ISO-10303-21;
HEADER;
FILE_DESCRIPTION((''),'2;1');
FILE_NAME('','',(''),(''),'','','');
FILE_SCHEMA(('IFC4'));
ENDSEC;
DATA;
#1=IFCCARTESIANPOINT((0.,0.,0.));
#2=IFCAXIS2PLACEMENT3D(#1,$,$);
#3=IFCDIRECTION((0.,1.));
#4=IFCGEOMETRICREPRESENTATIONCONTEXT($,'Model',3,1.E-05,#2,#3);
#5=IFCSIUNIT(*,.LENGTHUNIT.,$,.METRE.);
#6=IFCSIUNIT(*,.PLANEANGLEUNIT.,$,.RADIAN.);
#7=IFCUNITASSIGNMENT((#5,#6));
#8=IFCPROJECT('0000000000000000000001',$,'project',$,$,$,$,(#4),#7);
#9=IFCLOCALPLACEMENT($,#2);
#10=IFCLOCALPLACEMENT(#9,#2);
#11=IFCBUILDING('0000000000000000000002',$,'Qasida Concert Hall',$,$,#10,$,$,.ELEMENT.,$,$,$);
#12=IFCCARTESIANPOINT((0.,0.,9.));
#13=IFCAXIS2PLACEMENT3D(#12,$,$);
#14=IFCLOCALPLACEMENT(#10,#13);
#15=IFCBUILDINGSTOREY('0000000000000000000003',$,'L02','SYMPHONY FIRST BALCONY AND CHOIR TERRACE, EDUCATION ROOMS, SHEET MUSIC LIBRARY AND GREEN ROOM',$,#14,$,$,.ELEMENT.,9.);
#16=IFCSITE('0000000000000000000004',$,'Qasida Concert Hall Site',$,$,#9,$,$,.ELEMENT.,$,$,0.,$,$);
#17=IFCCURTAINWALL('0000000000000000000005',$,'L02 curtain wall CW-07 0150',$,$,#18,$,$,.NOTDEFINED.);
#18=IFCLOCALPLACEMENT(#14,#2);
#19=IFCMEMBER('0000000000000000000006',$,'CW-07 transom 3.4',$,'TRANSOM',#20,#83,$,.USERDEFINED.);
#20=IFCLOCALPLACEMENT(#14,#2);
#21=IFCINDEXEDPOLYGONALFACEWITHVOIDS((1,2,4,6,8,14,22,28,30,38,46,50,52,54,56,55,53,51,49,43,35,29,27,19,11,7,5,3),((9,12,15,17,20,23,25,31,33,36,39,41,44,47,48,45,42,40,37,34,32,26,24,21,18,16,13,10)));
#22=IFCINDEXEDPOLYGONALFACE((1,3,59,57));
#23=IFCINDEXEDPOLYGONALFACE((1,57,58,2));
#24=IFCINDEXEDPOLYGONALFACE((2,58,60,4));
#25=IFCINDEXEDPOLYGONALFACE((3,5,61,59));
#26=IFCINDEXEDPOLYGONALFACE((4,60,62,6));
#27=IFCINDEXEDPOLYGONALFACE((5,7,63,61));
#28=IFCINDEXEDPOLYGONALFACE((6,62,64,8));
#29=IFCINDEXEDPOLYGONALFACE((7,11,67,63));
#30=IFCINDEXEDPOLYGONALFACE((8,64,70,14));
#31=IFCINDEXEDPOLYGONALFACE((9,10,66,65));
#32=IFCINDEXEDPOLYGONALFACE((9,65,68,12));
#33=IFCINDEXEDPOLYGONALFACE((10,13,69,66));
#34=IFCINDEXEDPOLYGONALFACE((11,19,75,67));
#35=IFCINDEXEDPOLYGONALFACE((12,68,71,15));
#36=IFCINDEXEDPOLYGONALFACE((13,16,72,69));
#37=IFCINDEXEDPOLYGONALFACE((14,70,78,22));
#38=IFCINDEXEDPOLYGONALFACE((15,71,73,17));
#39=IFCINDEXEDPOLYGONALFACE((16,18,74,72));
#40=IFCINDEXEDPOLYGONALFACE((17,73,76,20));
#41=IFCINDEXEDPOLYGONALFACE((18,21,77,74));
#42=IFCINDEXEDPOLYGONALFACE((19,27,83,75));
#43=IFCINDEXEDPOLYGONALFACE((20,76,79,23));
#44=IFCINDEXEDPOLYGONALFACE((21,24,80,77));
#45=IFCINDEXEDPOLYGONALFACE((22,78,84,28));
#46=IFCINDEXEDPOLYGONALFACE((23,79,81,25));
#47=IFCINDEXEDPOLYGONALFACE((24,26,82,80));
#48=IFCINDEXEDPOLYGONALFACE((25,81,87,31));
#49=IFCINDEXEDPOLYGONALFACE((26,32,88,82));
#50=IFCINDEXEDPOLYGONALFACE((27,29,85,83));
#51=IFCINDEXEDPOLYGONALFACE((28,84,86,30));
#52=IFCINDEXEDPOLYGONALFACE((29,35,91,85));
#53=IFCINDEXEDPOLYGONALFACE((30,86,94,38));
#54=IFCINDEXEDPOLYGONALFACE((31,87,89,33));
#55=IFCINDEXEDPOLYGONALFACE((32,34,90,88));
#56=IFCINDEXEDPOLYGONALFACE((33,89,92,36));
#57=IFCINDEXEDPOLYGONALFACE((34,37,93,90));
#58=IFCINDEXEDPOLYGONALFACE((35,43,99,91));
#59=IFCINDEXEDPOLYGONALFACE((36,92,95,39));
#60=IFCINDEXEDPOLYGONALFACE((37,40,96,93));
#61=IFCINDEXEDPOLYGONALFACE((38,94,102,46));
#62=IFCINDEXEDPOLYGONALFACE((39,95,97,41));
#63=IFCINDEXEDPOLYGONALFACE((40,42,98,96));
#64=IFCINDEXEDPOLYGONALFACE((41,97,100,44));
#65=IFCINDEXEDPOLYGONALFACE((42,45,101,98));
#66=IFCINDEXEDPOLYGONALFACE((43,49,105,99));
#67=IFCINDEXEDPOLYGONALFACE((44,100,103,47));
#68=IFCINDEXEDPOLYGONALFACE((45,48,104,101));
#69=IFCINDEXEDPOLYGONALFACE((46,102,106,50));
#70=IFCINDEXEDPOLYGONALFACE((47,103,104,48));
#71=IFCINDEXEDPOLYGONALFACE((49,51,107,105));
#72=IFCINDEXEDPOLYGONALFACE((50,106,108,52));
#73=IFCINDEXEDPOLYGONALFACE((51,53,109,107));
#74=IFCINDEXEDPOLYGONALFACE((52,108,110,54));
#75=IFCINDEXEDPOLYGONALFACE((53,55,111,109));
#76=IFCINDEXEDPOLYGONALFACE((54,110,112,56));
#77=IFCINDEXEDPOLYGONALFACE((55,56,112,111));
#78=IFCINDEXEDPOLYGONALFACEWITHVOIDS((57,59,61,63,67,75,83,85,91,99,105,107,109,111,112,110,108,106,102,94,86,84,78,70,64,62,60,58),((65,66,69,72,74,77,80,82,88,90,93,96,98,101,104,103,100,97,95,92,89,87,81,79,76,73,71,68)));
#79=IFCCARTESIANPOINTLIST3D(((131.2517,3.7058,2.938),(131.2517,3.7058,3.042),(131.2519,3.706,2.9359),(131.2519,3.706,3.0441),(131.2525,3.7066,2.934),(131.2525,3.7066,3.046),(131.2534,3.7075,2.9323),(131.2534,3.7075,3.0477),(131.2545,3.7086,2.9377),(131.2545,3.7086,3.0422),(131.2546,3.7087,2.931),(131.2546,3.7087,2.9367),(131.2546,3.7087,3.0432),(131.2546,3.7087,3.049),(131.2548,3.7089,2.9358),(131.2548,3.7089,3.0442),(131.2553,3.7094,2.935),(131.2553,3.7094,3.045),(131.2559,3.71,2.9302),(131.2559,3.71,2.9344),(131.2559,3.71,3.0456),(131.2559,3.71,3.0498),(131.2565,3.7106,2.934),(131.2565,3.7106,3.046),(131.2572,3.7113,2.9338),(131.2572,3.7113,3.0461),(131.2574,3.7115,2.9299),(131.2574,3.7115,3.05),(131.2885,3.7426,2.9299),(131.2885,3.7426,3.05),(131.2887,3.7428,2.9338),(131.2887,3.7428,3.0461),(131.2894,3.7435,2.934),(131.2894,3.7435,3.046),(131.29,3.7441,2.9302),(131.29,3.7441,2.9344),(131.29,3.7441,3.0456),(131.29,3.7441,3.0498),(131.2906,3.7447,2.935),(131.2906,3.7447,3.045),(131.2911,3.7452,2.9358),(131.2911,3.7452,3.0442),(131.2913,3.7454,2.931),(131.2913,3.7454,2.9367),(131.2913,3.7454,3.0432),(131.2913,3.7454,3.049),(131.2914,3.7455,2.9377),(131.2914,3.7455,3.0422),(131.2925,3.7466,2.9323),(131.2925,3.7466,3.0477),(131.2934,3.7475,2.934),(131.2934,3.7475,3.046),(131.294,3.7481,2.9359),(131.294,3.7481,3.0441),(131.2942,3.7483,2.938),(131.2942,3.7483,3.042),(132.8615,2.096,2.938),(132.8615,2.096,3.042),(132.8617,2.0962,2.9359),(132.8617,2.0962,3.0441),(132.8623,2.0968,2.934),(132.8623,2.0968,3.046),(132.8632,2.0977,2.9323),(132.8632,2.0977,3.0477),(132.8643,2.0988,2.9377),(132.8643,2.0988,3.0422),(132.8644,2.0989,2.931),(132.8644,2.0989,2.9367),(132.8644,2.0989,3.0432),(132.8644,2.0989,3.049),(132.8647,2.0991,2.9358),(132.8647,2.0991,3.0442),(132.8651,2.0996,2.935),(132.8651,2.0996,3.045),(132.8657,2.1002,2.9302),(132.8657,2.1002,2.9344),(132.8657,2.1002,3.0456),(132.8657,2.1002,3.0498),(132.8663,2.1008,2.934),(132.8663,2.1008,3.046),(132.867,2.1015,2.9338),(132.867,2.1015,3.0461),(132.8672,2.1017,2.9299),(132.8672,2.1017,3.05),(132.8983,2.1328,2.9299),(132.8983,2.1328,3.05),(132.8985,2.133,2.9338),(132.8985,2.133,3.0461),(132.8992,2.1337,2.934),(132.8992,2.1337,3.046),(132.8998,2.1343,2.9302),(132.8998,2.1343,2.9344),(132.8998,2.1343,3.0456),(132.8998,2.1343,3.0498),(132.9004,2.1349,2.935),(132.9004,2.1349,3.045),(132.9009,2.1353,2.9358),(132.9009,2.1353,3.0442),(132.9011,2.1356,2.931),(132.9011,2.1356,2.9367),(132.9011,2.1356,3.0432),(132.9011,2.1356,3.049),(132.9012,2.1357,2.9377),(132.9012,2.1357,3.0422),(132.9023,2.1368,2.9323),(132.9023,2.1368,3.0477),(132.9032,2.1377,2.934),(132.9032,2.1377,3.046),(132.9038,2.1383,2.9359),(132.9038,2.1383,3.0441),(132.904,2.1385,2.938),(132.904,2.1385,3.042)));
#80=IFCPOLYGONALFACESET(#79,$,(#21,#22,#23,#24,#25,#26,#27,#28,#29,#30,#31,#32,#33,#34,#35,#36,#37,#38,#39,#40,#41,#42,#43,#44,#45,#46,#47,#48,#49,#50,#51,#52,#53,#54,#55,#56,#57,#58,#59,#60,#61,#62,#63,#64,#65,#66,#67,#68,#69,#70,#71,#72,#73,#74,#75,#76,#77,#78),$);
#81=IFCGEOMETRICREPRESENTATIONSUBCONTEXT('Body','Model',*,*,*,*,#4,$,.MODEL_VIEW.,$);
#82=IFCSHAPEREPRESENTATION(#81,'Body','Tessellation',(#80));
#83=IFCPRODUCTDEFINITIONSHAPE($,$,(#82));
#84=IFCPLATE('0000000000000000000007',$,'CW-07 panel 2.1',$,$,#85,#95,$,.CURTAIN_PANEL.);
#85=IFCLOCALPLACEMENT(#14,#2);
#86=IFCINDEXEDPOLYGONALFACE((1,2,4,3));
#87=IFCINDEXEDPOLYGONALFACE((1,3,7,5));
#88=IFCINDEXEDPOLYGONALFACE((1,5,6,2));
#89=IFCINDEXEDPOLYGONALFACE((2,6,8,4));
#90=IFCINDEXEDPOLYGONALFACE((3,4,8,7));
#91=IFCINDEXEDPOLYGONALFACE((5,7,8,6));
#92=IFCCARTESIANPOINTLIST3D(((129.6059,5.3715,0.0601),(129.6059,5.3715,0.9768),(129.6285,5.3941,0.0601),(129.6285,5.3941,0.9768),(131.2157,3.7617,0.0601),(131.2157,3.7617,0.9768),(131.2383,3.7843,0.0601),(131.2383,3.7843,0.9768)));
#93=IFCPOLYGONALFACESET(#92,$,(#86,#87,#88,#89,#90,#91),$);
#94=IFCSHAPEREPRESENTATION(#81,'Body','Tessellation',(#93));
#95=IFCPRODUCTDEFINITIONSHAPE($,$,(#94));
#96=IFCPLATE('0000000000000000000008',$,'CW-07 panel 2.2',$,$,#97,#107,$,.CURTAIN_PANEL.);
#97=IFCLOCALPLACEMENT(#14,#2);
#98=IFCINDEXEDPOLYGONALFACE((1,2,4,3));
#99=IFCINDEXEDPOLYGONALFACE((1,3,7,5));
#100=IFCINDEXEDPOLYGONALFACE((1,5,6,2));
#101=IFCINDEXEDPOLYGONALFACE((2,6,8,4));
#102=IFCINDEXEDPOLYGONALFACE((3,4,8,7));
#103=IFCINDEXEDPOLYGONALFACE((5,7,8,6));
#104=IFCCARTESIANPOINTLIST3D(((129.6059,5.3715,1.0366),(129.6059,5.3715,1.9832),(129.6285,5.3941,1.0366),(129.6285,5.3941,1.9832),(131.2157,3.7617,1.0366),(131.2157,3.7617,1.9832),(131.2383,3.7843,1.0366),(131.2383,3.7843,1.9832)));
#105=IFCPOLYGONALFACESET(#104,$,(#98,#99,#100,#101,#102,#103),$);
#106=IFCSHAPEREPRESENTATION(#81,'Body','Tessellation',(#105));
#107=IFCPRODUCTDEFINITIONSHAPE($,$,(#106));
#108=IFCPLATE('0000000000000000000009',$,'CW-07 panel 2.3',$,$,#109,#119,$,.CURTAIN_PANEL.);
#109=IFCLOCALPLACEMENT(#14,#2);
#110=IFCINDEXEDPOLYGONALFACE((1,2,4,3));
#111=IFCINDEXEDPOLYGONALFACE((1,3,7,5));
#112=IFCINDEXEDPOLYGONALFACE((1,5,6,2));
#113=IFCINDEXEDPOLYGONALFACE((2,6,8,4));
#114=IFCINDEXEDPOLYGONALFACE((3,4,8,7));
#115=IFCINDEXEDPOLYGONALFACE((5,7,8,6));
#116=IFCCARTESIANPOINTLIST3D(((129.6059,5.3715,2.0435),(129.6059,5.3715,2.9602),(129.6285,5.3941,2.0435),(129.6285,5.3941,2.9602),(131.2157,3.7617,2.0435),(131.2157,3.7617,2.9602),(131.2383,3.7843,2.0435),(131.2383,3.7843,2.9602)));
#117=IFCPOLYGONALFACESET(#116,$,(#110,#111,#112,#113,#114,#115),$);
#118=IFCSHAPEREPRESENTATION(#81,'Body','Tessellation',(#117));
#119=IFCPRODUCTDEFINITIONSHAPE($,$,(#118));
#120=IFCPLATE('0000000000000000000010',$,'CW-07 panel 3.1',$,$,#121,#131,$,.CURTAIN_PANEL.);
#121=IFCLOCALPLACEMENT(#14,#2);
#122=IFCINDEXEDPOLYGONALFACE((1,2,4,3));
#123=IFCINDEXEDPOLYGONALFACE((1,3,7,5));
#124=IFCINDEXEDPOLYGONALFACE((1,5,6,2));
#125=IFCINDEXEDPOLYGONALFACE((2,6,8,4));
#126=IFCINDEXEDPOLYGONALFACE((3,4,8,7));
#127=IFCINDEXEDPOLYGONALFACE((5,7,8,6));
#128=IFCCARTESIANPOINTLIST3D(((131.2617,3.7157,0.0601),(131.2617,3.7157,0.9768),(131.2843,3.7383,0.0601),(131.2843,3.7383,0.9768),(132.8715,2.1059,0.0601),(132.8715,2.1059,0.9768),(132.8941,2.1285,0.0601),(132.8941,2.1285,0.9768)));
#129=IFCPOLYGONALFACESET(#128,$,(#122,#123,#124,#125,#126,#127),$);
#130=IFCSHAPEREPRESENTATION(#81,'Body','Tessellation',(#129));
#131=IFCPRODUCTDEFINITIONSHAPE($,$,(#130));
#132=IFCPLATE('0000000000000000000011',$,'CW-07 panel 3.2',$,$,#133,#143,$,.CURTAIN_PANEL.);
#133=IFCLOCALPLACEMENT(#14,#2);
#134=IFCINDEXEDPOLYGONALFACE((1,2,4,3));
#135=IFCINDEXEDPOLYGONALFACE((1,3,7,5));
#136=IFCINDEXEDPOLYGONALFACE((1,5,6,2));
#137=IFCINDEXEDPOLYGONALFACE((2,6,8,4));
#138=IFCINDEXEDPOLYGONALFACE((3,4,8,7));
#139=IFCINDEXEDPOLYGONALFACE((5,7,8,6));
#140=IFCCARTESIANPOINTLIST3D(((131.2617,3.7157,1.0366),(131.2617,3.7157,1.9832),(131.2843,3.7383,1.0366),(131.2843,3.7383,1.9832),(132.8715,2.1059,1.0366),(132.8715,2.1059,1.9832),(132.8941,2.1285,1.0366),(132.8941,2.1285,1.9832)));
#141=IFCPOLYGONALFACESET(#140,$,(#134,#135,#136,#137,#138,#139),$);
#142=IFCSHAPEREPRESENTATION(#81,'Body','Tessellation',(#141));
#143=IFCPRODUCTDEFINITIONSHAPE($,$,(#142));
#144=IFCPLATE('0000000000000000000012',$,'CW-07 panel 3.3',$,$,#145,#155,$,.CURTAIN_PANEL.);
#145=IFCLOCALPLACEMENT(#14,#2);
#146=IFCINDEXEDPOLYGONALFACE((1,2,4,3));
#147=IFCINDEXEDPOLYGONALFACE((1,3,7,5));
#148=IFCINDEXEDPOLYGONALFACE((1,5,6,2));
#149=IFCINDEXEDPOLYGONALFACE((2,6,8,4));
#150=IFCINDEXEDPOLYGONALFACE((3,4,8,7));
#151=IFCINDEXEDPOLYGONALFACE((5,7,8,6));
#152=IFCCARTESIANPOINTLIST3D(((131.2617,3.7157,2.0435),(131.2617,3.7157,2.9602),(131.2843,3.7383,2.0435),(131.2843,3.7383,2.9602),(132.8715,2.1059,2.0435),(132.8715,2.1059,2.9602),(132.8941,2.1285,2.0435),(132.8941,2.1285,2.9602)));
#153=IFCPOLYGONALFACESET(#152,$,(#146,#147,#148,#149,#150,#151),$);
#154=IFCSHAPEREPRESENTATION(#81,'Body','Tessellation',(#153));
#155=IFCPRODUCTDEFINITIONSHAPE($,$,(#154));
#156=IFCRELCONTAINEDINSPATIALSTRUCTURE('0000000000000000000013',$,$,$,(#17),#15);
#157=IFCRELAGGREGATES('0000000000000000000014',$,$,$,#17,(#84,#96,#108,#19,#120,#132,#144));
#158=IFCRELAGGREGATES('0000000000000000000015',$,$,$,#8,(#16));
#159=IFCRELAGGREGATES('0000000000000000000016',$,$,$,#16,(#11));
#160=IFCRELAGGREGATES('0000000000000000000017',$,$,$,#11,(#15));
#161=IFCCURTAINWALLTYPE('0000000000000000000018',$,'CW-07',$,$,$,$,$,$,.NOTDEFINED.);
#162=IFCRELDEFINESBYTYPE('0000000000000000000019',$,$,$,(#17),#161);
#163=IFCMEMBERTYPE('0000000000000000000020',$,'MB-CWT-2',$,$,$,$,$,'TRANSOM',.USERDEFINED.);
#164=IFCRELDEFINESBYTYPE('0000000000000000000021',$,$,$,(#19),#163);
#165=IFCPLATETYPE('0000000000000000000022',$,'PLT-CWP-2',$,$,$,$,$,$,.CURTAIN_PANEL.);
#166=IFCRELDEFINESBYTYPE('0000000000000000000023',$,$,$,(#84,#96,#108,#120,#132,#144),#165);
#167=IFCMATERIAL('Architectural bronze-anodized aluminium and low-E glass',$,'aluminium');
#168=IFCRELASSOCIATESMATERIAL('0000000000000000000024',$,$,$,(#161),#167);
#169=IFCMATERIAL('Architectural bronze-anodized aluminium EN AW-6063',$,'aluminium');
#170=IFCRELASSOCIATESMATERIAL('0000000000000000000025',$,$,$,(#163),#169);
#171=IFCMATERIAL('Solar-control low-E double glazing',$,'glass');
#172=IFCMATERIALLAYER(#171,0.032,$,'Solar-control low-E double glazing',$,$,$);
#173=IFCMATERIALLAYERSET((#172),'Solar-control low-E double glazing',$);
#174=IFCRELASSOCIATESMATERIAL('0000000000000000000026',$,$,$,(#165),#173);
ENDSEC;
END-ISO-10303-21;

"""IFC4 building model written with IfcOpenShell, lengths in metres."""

from ifc_helpers import new_model, si_unit, direction, frame, origin, origin_2d, place, context, subcontext, project, spatial, rectangle, hollow_rectangle, extrude, material, layer, layer_set, material_profile, profile_set, type_object, element, aggregate, save


model = new_model("IFC4")

# Units and contexts
model_context = context("Model", 3, precision=1e-05, world=origin(), true_north=direction((0.0, 1.0)))
body_context = subcontext(model_context, "Body", "Model", "MODEL_VIEW")
ifc_project = project(units=[si_unit("LENGTHUNIT", "METRE"), si_unit("PLANEANGLEUNIT", "RADIAN")], contexts=[model_context])

# Site, building, storey
site_placement = place(None, origin())
site = spatial("IfcSite", under=ifc_project, at=site_placement, Name="Qasida Concert Hall Site", CompositionType="ELEMENT", RefElevation=0.0)
building_placement = place(site_placement, origin())
building = spatial("IfcBuilding", under=site, at=building_placement, Name="Qasida Concert Hall", CompositionType="ELEMENT")
storey_placement = place(building_placement, frame((0.0, 0.0, 9.0)))
storey = spatial("IfcBuildingStorey", under=building, at=storey_placement, Name="L02", Description="SYMPHONY FIRST BALCONY AND CHOIR TERRACE, EDUCATION ROOMS, SHEET MUSIC LIBRARY AND GREEN ROOM", CompositionType="ELEMENT", Elevation=9.0)

# Shared definitions
ifc_material_1 = material(Name="Architectural bronze-anodized aluminium and low-E glass", Category="aluminium")
curtain_wall_type = type_object("IfcCurtainWallType", Name="CW-07", PredefinedType="NOTDEFINED", material=ifc_material_1)
ifc_material_2 = material(Name="Architectural bronze-anodized aluminium EN AW-6063", Category="aluminium")

# Curtain wall
curtain_wall_1_placement = place(storey_placement, origin())
curtain_wall_1 = element("IfcCurtainWall", 1, at=curtain_wall_1_placement, inside=storey, type_object=curtain_wall_type, Name="L02 curtain wall CW-07 0150", PredefinedType="NOTDEFINED")

# Member
ifc_material_profile_1 = material_profile(ifc_material_2, hollow_rectangle(XDim=0.0601, YDim=0.1201, WallThickness=0.0039, InnerFilletRadius=0.0039, OuterFilletRadius=0.0081, at=origin_2d()), Name="CWT 120x60x4")
ifc_profile_set_1 = profile_set([ifc_material_profile_1], Name="Architectural bronze-anodized aluminium EN AW-6063")
member_type_1 = type_object("IfcMemberType", Name="MB-CWT-2", ElementType="TRANSOM", PredefinedType="USERDEFINED", material=ifc_profile_set_1)
member_1_placement = place(storey_placement, frame((131.2729, 3.7271, 2.99), z_axis=(0.707107, -0.707107, 0.0), x_axis=(0.707107, 0.707107, 0.0)))
member_1 = element("IfcMember", 2, at=member_1_placement, type_object=member_type_1, Name="CW-07 transom 3.4", ObjectType="TRANSOM", PredefinedType="USERDEFINED", context=body_context, shape_type="SweptSolid", body=[
    extrude(hollow_rectangle(XDim=0.0601, YDim=0.1201, WallThickness=0.0039, InnerFilletRadius=0.0039, OuterFilletRadius=0.0081, at=origin_2d()), origin(), (0.0, 0.0, 1.0), 2.2766),
])

# Plates
ifc_material_3 = material(Name="Solar-control low-E double glazing", Category="glass")
ifc_layer = layer(ifc_material_3, 0.032, Name="Solar-control low-E double glazing")
ifc_layer_set = layer_set([ifc_layer], Name="Solar-control low-E double glazing")
plate_type = type_object("IfcPlateType", Name="PLT-CWP-2", PredefinedType="CURTAIN_PANEL", material=ifc_layer_set)
plate_1_placement = place(storey_placement, frame((130.4221, 4.5779, 0.0601), z_axis=(0.0, 0.0, 1.0), x_axis=(0.707107, -0.707107, 0.0)))
plate_1 = element("IfcPlate", 3, at=plate_1_placement, type_object=plate_type, Name="CW-07 panel 2.1", PredefinedType="CURTAIN_PANEL", context=body_context, shape_type="SweptSolid", body=[
    extrude(rectangle(XDim=2.2766, YDim=0.032, at=origin_2d()), origin(), (0.0, 0.0, 1.0), 0.9167),
])
plate_2_placement = place(storey_placement, frame((130.4221, 4.5779, 1.0366), z_axis=(0.0, 0.0, 1.0), x_axis=(0.707107, -0.707107, 0.0)))
plate_2 = element("IfcPlate", 4, at=plate_2_placement, type_object=plate_type, Name="CW-07 panel 2.2", PredefinedType="CURTAIN_PANEL", context=body_context, shape_type="SweptSolid", body=[
    extrude(rectangle(XDim=2.2766, YDim=0.032, at=origin_2d()), origin(), (0.0, 0.0, 1.0), 0.9465),
])
plate_3_placement = place(storey_placement, frame((130.4221, 4.5779, 2.0435), z_axis=(0.0, 0.0, 1.0), x_axis=(0.707107, -0.707107, 0.0)))
plate_3 = element("IfcPlate", 5, at=plate_3_placement, type_object=plate_type, Name="CW-07 panel 2.3", PredefinedType="CURTAIN_PANEL", context=body_context, shape_type="SweptSolid", body=[
    extrude(rectangle(XDim=2.2766, YDim=0.032, at=origin_2d()), origin(), (0.0, 0.0, 1.0), 0.9167),
])
plate_4_placement = place(storey_placement, frame((132.0779, 2.9221, 0.0601), z_axis=(0.0, 0.0, 1.0), x_axis=(0.707107, -0.707107, 0.0)))
plate_4 = element("IfcPlate", 6, at=plate_4_placement, type_object=plate_type, Name="CW-07 panel 3.1", PredefinedType="CURTAIN_PANEL", context=body_context, shape_type="SweptSolid", body=[
    extrude(rectangle(XDim=2.2766, YDim=0.032, at=origin_2d()), origin(), (0.0, 0.0, 1.0), 0.9167),
])
plate_5_placement = place(storey_placement, frame((132.0779, 2.9221, 1.0366), z_axis=(0.0, 0.0, 1.0), x_axis=(0.707107, -0.707107, 0.0)))
plate_5 = element("IfcPlate", 7, at=plate_5_placement, type_object=plate_type, Name="CW-07 panel 3.2", PredefinedType="CURTAIN_PANEL", context=body_context, shape_type="SweptSolid", body=[
    extrude(rectangle(XDim=2.2766, YDim=0.032, at=origin_2d()), origin(), (0.0, 0.0, 1.0), 0.9465),
])
plate_6_placement = place(storey_placement, frame((132.0779, 2.9221, 2.0435), z_axis=(0.0, 0.0, 1.0), x_axis=(0.707107, -0.707107, 0.0)))
plate_6 = element("IfcPlate", 8, at=plate_6_placement, type_object=plate_type, Name="CW-07 panel 3.3", PredefinedType="CURTAIN_PANEL", context=body_context, shape_type="SweptSolid", body=[
    extrude(rectangle(XDim=2.2766, YDim=0.032, at=origin_2d()), origin(), (0.0, 0.0, 1.0), 0.9167),
])
aggregate(curtain_wall_1, [plate_1, plate_2, plate_3, member_1, plate_4, plate_5, plate_6])

save(model, "model.ifc")
